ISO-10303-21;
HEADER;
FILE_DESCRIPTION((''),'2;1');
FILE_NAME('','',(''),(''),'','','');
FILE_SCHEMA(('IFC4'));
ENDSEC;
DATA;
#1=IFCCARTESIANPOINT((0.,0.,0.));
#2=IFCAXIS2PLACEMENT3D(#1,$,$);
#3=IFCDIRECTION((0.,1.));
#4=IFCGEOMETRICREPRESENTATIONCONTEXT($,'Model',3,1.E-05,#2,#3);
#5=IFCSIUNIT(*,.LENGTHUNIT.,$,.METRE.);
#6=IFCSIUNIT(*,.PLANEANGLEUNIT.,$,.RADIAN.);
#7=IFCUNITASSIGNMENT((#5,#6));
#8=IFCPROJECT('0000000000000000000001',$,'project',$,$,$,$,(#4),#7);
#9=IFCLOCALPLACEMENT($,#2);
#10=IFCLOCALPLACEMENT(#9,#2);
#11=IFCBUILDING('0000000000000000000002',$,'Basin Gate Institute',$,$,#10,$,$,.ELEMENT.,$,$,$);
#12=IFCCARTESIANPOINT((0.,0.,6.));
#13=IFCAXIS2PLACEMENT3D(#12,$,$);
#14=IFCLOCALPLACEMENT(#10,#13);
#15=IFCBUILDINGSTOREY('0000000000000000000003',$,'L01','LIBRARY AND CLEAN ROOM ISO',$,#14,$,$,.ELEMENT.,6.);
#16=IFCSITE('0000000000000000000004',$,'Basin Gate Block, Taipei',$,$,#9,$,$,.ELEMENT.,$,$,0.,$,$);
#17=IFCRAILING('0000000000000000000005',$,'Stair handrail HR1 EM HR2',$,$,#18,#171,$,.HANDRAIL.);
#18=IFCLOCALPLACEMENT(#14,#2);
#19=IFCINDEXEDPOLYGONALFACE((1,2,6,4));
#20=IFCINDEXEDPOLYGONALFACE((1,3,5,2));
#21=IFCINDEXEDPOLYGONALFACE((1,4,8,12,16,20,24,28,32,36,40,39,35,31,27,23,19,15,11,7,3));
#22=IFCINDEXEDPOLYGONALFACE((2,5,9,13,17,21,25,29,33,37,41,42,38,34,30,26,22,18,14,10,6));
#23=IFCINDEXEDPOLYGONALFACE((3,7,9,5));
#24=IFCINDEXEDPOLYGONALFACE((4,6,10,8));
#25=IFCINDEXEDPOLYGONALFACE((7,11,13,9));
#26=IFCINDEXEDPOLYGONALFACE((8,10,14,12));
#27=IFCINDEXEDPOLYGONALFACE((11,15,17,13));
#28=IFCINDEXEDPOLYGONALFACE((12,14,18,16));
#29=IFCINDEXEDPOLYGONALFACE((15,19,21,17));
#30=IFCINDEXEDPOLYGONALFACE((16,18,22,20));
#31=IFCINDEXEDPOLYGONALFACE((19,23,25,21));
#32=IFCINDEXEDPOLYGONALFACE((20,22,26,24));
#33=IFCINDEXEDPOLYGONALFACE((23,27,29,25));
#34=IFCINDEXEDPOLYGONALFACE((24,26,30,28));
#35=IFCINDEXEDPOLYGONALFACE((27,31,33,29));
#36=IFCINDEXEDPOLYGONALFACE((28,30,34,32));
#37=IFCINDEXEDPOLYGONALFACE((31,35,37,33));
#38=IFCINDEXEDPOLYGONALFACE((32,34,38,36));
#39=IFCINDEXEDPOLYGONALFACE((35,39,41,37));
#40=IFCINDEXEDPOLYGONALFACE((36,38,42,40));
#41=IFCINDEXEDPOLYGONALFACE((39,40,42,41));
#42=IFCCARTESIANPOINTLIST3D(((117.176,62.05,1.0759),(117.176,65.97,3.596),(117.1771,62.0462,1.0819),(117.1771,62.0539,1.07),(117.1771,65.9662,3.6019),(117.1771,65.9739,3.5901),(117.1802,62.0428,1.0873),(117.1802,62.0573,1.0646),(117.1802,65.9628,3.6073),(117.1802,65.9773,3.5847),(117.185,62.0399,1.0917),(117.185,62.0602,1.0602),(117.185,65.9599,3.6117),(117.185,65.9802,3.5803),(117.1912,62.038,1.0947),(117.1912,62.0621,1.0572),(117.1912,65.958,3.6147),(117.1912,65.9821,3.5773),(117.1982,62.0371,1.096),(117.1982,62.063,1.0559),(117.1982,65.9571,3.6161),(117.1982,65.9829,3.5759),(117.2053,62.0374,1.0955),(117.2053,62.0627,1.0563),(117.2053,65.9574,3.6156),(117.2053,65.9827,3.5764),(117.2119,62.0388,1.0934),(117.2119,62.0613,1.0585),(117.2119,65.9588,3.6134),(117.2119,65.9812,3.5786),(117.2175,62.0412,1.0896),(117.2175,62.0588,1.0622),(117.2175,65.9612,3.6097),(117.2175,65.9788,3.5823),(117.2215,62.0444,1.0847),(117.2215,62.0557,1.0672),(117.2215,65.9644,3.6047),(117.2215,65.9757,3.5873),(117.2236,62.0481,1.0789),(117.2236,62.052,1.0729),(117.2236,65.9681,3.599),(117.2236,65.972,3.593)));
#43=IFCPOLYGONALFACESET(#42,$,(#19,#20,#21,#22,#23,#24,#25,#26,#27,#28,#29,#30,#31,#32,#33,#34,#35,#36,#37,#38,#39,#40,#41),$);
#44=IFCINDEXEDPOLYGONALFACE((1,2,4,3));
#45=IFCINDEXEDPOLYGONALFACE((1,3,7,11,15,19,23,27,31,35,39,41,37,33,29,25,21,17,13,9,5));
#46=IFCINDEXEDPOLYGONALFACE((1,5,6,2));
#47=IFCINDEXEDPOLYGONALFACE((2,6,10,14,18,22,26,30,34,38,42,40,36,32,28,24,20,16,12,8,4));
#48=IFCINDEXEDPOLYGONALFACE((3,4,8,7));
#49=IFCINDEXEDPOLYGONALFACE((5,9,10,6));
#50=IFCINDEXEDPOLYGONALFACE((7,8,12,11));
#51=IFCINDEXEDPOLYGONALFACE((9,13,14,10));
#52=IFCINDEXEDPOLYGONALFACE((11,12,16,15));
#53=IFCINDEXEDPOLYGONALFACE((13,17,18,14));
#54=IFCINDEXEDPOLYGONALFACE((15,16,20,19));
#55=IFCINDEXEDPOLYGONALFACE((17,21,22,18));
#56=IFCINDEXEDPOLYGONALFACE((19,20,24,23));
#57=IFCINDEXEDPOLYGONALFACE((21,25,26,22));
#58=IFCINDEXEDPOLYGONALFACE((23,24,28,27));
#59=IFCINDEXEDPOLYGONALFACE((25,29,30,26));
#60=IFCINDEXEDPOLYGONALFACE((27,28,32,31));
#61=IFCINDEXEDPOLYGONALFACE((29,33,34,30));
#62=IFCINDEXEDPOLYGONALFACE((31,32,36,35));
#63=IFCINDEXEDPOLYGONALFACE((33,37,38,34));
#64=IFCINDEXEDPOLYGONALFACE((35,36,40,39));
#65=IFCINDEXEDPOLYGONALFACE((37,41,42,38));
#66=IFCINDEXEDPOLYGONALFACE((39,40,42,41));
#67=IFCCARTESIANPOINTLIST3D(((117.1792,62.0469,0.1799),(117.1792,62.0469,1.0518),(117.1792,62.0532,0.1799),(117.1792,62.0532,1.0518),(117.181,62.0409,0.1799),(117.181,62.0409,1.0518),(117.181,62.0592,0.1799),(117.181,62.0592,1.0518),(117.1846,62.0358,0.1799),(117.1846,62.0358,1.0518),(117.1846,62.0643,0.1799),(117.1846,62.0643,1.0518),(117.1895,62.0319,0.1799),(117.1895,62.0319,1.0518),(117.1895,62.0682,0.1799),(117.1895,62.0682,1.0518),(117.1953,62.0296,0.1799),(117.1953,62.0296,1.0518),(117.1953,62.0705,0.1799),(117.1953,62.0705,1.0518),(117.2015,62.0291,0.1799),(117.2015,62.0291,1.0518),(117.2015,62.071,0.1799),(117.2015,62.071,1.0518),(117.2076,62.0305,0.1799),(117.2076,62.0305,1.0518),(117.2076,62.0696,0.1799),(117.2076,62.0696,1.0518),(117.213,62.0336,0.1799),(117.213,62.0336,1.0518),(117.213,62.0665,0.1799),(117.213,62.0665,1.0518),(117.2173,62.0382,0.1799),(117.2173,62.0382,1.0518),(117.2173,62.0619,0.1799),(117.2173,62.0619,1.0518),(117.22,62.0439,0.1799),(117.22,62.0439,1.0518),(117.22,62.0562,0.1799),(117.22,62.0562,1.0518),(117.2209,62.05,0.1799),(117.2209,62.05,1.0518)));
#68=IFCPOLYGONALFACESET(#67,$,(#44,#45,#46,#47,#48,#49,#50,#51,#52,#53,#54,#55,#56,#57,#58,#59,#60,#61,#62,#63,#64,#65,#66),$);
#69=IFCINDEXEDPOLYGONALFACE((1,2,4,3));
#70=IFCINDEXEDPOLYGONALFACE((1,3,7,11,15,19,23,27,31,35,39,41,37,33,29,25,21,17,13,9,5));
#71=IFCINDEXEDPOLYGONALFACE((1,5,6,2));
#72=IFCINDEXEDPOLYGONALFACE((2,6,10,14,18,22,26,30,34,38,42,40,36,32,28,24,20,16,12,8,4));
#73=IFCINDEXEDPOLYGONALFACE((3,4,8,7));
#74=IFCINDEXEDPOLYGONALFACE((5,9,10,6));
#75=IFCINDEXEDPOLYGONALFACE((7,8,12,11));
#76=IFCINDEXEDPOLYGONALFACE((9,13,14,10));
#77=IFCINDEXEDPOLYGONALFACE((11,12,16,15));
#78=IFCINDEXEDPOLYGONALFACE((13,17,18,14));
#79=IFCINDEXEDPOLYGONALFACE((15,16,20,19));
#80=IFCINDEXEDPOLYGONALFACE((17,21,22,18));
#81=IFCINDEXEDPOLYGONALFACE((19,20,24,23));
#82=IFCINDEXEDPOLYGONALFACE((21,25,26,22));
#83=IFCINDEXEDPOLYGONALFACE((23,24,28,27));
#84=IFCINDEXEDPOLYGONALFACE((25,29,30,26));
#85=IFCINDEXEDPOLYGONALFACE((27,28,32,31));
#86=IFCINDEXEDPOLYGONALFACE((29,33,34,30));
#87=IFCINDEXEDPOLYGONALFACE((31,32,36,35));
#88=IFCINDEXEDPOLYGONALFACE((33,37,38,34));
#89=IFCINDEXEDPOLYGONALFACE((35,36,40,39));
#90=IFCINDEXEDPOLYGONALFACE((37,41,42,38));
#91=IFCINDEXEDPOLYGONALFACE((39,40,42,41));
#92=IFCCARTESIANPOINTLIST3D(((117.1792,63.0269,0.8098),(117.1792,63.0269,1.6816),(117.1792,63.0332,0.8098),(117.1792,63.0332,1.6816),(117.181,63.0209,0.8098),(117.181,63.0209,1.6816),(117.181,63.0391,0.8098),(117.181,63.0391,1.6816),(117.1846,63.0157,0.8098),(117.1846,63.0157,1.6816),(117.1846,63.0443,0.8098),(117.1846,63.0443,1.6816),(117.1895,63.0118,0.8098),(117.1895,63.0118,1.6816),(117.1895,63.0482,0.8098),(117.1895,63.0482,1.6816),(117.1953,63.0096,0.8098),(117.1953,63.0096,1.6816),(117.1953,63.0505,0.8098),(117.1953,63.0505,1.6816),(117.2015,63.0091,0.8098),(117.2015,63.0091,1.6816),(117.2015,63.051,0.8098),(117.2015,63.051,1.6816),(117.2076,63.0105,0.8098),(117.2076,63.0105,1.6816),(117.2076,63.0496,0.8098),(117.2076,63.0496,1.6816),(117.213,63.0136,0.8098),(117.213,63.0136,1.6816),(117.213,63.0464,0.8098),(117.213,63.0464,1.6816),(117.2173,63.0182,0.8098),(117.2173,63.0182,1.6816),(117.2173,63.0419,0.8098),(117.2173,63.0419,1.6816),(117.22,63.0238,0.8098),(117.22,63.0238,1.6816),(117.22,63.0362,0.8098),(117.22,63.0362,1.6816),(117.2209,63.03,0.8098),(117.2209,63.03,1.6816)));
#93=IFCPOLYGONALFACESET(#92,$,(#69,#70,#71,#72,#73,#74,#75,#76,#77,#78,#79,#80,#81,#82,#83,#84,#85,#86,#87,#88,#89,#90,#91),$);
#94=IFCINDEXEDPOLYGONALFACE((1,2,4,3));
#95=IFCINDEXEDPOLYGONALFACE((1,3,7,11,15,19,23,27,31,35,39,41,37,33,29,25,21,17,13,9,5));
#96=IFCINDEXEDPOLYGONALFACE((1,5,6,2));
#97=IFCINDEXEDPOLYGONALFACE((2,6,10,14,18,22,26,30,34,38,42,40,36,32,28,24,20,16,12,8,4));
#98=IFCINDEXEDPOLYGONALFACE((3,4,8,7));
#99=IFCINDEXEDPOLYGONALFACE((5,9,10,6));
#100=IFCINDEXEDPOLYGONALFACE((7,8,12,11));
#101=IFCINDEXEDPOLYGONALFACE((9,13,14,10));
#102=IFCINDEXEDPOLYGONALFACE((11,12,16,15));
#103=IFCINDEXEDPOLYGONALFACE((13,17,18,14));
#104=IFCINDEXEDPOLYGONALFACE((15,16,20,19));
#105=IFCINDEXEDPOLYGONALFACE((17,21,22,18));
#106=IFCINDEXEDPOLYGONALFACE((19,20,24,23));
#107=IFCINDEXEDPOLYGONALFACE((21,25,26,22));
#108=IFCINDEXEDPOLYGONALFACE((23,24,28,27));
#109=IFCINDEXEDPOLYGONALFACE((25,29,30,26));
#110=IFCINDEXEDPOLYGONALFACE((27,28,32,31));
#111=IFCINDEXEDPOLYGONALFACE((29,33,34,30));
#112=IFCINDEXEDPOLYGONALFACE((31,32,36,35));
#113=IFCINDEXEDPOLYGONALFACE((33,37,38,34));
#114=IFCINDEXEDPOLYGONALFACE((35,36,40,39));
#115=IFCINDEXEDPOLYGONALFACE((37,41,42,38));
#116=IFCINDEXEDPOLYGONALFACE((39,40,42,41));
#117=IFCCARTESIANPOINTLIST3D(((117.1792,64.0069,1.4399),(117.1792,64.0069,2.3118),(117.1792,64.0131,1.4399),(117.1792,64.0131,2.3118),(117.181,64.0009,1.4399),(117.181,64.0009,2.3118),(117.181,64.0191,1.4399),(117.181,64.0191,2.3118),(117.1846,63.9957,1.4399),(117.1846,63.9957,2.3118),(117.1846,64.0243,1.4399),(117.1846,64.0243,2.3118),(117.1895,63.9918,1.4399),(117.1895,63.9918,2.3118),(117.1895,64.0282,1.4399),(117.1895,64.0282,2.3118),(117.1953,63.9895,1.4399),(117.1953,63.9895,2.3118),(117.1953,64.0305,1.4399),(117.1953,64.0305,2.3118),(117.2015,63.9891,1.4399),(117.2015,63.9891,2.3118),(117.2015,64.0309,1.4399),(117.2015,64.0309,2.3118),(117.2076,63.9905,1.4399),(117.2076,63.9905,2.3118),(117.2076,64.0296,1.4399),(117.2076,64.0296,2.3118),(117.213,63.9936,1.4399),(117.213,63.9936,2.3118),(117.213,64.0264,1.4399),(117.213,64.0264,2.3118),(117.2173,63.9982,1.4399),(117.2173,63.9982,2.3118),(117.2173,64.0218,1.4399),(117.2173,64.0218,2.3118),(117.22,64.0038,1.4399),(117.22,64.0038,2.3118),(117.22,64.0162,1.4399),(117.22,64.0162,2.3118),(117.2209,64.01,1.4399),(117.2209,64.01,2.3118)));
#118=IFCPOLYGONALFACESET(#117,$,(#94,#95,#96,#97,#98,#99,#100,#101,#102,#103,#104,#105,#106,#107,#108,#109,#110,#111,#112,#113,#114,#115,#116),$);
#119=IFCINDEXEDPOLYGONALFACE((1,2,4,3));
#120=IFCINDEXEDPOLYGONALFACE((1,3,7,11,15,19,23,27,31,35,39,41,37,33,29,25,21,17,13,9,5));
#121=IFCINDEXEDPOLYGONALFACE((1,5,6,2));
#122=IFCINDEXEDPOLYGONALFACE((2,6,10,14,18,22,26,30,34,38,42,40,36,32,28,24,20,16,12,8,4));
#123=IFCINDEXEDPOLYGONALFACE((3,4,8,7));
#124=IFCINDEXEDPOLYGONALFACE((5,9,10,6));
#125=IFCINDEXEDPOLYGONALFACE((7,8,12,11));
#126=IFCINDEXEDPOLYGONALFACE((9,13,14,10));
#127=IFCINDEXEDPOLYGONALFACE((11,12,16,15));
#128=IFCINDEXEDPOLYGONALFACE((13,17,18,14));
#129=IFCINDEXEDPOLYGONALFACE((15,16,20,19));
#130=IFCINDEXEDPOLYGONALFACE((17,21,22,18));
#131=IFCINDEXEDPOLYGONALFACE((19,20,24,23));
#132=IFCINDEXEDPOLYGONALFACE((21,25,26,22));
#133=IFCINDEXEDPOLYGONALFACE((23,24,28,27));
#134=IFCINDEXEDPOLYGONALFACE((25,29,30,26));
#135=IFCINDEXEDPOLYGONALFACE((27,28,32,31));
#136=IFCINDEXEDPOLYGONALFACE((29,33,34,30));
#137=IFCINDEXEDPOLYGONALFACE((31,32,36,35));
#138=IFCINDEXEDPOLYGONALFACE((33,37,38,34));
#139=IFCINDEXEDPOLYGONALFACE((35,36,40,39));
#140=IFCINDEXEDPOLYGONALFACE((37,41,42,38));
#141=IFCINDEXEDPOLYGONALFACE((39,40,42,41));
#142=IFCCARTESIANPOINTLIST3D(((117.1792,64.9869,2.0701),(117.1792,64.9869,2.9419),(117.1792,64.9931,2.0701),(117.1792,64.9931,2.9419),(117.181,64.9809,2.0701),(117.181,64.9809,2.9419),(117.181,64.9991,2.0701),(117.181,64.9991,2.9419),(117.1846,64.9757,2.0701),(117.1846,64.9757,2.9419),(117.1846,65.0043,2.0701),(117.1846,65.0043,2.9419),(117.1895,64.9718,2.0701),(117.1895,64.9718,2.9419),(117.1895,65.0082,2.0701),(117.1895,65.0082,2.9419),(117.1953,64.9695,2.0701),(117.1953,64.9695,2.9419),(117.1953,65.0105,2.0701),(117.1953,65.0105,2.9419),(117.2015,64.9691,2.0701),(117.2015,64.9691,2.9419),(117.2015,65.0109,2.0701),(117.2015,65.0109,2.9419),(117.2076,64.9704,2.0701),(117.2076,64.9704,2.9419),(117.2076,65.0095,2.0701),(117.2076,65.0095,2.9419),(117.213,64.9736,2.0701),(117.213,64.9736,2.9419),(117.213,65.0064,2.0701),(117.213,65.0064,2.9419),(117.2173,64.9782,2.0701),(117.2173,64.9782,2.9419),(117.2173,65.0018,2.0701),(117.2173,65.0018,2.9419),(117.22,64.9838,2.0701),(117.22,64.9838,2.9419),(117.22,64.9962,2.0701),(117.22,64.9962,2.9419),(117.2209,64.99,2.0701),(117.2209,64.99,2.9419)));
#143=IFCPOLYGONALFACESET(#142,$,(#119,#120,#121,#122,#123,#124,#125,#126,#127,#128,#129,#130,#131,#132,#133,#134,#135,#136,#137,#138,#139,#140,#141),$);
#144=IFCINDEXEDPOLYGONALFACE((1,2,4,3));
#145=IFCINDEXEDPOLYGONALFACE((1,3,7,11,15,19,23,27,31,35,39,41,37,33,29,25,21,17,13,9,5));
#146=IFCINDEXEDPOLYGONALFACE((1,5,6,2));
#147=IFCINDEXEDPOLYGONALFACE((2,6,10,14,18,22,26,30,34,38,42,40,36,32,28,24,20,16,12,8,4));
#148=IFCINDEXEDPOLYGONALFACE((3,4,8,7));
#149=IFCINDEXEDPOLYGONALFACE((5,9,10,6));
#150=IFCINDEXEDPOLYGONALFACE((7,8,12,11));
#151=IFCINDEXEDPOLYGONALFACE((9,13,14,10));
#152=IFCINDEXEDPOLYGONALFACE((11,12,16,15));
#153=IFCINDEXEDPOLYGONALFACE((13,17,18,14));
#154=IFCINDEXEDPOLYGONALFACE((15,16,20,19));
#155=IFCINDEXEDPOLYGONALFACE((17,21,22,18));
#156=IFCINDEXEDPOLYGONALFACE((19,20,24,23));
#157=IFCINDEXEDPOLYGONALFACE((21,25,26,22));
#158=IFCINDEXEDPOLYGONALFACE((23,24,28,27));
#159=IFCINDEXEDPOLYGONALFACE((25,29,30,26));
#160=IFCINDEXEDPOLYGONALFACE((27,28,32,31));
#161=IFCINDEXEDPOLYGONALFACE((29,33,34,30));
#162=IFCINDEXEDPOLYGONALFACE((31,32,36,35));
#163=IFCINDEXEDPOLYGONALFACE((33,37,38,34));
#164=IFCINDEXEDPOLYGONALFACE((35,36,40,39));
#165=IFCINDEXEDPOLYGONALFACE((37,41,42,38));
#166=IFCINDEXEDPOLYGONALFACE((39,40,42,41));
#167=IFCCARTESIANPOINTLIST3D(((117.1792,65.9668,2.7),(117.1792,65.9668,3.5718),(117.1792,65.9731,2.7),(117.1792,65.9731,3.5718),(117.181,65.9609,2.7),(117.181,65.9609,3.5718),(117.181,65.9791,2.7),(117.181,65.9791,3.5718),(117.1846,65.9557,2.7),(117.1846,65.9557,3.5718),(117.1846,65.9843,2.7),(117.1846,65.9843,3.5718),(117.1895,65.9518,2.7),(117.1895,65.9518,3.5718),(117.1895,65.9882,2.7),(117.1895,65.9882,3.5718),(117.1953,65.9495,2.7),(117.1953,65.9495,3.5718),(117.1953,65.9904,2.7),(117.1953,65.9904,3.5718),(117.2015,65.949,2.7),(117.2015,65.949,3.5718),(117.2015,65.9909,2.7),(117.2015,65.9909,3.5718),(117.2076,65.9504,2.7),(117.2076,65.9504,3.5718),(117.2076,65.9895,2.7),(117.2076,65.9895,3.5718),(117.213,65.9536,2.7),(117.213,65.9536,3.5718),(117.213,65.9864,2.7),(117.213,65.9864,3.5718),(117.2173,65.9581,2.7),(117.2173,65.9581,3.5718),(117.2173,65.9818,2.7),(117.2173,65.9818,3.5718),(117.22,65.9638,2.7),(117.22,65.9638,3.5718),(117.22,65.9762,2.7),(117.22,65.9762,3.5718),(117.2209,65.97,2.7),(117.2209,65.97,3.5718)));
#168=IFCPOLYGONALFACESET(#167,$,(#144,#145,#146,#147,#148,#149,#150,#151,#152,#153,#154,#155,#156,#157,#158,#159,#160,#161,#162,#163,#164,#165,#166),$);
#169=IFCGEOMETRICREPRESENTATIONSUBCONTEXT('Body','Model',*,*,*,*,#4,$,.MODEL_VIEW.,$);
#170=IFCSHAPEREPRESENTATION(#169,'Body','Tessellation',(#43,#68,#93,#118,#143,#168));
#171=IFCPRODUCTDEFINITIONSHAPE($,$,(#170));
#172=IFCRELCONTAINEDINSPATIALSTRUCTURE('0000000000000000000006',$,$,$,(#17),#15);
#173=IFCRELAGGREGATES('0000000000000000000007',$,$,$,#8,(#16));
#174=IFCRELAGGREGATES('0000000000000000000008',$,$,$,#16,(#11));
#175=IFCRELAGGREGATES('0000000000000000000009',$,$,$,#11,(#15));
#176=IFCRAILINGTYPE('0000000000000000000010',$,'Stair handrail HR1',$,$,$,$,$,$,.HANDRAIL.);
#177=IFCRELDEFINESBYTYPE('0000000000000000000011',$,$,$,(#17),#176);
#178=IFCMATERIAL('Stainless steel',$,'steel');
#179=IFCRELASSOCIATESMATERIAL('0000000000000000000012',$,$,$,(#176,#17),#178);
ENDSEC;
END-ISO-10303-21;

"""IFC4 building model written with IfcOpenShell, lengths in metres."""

from ifc_helpers import new_model, si_unit, direction, frame, origin, origin_2d, place, context, subcontext, project, spatial, circle, extrude, material, type_object, element, save


model = new_model("IFC4")

# Units and contexts
model_context = context("Model", 3, precision=1e-05, world=origin(), true_north=direction((0.0, 1.0)))
body_context = subcontext(model_context, "Body", "Model", "MODEL_VIEW")
ifc_project = project(units=[si_unit("LENGTHUNIT", "METRE"), si_unit("PLANEANGLEUNIT", "RADIAN")], contexts=[model_context])

# Site, building, storey
site_placement = place(None, origin())
site = spatial("IfcSite", under=ifc_project, at=site_placement, Name="Basin Gate Block, Taipei", CompositionType="ELEMENT", RefElevation=0.0)
building_placement = place(site_placement, origin())
building = spatial("IfcBuilding", under=site, at=building_placement, Name="Basin Gate Institute", CompositionType="ELEMENT")
storey_placement = place(building_placement, frame((0.0, 0.0, 6.0)))
storey = spatial("IfcBuildingStorey", under=building, at=storey_placement, Name="L01", Description="LIBRARY AND CLEAN ROOM ISO", CompositionType="ELEMENT", Elevation=6.0)

# Railing
ifc_material_1 = material(Name="Stainless steel", Category="steel")
railing_type_1 = type_object("IfcRailingType", Name="Stair handrail HR1", PredefinedType="HANDRAIL", material=ifc_material_1)
railing_1_placement = place(storey_placement, frame((117.2, 62.05, 0.1799)))
element("IfcRailing", 1, at=railing_1_placement, inside=storey, type_object=railing_type_1, material=ifc_material_1, Name="Stair handrail HR1 EM HR2", PredefinedType="HANDRAIL", context=body_context, shape_type="SweptSolid", body=[
    extrude(circle(Radius=0.0239, at=origin_2d()), frame((0.0, 0.0, 0.896), z_axis=(0.0, 0.841172, 0.540768), x_axis=(-1.0, 0.0, 0.0)), (0.0, 0.0, 1.0), 4.6602),
    extrude(circle(Radius=0.021, at=origin_2d()), origin(), (0.0, 0.0, 1.0), 0.8718),
    extrude(circle(Radius=0.021, at=origin_2d()), frame((0.0, 0.98, 0.6299)), (0.0, 0.0, 1.0), 0.8718),
    extrude(circle(Radius=0.021, at=origin_2d()), frame((0.0, 1.96, 1.26)), (0.0, 0.0, 1.0), 0.8718),
    extrude(circle(Radius=0.021, at=origin_2d()), frame((0.0, 2.9399, 1.8901)), (0.0, 0.0, 1.0), 0.8718),
    extrude(circle(Radius=0.021, at=origin_2d()), frame((0.0, 3.9199, 2.52)), (0.0, 0.0, 1.0), 0.8718),
])

save(model, "model.ifc")
